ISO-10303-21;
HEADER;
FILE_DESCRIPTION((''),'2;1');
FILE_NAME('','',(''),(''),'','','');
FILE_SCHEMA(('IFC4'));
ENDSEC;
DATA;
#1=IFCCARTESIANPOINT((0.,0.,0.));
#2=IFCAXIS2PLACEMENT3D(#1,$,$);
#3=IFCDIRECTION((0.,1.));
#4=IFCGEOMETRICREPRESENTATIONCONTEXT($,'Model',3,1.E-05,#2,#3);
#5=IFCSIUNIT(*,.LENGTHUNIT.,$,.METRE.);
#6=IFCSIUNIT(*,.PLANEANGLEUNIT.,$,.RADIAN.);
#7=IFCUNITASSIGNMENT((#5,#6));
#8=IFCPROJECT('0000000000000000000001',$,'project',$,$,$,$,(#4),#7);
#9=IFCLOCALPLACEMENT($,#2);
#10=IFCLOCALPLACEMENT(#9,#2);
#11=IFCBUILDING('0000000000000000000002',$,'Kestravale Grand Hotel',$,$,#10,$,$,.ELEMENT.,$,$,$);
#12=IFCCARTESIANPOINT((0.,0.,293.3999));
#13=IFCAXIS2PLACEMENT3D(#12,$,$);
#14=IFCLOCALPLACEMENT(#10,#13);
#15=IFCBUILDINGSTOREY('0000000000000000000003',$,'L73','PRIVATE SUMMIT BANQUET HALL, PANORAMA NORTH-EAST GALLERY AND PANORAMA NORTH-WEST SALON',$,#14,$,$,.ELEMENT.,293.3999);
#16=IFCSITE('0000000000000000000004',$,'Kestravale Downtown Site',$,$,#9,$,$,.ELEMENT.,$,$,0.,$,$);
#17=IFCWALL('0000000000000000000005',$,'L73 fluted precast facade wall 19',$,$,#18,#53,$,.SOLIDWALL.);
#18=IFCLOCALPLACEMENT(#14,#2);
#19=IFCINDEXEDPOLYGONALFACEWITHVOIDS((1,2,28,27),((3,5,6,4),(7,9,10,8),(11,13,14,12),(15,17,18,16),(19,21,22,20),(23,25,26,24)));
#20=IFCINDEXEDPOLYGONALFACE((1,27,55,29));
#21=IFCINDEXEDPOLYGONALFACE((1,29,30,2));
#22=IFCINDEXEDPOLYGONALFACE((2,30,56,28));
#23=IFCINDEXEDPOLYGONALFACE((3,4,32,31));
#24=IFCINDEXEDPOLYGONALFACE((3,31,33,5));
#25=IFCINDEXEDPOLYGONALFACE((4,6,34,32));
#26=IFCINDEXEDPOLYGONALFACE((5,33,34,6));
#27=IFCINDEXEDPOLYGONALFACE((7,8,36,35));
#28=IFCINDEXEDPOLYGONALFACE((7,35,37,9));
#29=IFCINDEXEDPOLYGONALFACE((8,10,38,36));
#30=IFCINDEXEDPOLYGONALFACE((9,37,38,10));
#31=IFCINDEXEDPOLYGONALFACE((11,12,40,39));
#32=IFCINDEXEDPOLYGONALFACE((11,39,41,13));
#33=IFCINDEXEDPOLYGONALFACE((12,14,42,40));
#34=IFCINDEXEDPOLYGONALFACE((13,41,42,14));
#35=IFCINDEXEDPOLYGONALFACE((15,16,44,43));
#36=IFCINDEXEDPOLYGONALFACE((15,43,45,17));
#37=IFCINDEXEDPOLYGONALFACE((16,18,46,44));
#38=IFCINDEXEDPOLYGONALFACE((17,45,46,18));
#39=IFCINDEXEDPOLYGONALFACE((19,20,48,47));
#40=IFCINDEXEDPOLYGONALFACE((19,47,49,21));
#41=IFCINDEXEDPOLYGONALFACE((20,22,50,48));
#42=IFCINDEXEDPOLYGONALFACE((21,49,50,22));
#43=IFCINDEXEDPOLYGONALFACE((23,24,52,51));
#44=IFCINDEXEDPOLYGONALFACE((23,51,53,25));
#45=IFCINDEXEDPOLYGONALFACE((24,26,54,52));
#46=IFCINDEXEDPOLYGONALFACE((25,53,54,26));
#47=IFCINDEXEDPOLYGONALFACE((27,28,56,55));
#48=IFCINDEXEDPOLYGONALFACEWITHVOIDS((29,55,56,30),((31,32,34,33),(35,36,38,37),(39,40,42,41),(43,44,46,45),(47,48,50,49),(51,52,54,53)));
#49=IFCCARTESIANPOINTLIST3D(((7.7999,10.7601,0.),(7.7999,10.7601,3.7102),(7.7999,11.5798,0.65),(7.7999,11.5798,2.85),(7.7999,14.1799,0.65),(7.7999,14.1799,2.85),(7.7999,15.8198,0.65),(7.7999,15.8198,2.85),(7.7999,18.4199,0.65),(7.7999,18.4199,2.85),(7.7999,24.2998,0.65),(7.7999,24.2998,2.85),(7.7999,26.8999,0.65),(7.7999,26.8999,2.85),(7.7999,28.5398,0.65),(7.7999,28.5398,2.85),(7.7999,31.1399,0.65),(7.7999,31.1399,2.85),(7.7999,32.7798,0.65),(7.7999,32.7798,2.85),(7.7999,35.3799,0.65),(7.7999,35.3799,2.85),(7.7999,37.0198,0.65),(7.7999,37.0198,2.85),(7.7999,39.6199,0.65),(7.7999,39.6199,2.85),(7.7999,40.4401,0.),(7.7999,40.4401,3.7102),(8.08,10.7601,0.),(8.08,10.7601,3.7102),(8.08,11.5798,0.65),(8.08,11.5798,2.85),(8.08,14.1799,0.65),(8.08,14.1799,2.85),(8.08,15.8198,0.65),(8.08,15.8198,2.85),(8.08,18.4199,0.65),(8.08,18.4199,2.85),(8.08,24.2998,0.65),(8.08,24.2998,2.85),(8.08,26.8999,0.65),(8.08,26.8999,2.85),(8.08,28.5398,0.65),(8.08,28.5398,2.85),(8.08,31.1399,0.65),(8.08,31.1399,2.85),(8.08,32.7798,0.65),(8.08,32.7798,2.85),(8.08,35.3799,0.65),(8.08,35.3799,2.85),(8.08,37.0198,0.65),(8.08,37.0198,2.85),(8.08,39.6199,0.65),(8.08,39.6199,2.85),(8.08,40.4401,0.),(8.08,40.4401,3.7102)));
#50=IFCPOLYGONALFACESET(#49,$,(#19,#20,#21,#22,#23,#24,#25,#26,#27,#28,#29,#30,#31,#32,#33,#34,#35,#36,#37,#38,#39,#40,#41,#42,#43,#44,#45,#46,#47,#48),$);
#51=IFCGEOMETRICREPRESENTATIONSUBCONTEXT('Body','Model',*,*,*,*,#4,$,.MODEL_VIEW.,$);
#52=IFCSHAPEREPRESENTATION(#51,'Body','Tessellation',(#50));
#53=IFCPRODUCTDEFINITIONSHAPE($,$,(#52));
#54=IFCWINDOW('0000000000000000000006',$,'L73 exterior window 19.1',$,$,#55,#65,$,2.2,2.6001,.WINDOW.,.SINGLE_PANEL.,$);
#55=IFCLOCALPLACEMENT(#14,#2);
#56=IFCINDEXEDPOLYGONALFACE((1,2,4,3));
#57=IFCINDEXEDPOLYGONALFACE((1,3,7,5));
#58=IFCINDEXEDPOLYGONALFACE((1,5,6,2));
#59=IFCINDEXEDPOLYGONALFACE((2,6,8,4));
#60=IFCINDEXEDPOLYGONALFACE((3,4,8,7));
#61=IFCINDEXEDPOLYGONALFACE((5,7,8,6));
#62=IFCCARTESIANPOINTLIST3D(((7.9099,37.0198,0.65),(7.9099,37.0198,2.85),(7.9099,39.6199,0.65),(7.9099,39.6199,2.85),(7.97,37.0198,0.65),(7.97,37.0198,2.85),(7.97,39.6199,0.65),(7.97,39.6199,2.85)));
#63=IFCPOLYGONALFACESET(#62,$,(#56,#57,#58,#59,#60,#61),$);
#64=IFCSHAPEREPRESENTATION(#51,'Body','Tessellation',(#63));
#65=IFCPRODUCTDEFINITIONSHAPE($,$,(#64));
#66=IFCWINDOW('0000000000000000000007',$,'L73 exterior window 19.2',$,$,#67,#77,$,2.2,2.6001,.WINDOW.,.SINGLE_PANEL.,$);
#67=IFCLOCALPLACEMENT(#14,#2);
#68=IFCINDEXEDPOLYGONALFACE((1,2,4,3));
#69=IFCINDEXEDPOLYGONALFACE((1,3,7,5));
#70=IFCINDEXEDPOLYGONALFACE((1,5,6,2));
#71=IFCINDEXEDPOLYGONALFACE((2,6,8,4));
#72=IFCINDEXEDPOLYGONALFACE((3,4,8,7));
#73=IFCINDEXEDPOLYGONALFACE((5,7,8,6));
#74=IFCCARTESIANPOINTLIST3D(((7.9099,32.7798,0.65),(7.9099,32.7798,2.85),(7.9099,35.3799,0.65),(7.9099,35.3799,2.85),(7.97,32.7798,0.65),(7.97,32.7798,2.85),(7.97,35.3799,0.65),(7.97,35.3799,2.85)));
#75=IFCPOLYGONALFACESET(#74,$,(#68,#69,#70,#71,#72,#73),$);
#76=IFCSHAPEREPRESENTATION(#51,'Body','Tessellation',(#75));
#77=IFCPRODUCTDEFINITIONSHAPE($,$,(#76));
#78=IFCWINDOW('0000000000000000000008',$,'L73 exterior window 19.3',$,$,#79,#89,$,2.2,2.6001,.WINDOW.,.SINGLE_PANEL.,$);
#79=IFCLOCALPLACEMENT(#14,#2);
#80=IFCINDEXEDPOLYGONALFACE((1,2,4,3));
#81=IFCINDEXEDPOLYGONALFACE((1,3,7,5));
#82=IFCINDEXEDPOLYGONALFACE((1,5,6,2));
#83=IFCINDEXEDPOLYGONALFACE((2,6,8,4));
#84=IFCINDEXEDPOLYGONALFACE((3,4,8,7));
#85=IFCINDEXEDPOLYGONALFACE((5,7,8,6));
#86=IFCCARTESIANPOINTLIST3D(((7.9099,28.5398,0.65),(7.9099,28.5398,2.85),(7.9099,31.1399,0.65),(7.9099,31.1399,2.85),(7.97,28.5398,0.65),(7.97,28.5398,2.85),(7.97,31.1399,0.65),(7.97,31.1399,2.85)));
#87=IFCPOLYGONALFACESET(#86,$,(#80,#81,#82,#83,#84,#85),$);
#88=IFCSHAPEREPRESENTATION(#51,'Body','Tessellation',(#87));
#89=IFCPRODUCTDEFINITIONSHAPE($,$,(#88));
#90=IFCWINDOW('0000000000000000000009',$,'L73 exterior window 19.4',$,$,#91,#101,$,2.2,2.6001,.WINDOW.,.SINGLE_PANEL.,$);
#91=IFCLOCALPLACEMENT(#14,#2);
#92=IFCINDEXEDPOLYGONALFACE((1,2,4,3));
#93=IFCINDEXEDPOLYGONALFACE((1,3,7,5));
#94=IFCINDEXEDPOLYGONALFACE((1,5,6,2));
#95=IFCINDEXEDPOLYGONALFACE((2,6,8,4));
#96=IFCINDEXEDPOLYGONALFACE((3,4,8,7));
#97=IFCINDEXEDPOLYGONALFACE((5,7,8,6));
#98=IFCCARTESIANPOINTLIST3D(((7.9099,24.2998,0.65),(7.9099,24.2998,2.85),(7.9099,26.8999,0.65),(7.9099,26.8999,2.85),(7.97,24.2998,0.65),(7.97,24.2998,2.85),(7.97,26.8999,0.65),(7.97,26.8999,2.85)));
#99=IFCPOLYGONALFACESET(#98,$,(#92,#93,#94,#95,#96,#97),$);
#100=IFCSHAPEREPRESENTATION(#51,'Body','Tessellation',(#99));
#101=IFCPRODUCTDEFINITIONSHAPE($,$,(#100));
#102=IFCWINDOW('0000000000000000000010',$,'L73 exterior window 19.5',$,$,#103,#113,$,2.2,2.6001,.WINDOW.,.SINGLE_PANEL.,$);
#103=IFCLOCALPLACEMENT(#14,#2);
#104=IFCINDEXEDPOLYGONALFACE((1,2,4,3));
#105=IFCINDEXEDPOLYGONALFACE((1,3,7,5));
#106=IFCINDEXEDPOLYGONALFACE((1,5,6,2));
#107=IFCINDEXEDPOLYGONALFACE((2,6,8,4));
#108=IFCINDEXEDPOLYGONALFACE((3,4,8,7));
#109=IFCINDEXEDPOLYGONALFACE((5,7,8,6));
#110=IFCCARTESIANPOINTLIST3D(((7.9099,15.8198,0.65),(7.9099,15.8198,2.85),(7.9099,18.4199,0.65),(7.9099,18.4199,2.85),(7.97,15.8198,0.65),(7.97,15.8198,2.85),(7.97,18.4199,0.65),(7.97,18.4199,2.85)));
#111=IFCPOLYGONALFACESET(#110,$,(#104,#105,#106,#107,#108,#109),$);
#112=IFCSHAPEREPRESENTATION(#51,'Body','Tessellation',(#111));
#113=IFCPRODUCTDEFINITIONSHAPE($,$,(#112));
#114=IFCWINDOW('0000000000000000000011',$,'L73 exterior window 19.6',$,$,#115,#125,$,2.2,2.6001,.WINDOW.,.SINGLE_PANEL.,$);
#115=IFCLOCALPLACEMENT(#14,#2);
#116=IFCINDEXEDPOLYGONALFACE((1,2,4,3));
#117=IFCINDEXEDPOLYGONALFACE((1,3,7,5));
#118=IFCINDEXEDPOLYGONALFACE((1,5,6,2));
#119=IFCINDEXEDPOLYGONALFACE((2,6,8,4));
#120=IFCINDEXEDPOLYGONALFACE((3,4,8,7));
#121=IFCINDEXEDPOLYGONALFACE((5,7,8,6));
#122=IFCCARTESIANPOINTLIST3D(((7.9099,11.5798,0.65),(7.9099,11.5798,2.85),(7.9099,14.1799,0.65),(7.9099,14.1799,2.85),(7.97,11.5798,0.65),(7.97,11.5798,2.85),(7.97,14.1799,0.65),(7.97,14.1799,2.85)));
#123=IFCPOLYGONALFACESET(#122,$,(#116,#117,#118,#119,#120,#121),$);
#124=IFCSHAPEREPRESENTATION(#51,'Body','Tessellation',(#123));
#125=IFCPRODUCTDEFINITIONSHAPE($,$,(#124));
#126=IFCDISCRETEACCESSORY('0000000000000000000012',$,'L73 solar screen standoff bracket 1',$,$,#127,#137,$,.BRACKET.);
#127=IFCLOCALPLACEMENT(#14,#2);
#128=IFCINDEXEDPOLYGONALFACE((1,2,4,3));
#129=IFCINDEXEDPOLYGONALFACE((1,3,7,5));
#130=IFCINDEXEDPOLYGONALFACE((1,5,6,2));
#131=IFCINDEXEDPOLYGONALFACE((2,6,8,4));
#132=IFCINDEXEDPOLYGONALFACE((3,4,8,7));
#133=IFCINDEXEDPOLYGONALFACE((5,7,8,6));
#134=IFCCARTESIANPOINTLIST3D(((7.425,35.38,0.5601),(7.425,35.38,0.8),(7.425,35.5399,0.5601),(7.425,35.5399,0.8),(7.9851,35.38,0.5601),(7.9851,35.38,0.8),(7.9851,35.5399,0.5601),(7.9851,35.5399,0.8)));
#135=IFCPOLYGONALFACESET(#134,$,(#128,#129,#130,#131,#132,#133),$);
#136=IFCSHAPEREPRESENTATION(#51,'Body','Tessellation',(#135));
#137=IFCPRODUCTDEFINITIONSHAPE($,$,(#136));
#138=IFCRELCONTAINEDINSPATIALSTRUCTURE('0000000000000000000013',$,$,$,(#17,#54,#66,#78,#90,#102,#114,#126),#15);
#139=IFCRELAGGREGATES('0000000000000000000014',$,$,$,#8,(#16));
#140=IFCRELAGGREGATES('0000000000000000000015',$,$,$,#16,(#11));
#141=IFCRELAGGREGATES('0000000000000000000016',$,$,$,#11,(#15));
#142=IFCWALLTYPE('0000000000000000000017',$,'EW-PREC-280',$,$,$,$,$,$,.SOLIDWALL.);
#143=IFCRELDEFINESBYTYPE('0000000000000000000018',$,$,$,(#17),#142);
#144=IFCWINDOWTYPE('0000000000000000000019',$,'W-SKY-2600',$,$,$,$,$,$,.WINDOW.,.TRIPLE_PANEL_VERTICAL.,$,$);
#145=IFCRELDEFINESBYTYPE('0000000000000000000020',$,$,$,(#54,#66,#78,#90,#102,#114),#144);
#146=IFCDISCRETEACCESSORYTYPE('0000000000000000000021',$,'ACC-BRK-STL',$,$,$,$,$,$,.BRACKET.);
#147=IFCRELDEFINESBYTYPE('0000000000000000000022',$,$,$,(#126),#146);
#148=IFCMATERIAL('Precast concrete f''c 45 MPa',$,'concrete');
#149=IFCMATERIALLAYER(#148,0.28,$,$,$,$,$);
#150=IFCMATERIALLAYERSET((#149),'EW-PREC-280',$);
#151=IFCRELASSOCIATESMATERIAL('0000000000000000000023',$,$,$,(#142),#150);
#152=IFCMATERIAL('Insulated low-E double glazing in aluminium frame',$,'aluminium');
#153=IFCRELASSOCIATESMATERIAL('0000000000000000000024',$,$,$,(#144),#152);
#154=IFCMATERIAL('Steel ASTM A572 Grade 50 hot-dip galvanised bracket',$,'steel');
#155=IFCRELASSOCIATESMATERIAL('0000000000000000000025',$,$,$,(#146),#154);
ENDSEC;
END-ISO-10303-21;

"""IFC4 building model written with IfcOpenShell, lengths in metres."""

from ifc_helpers import new_model, si_unit, direction, frame, frame_2d, origin, origin_2d, place, context, subcontext, project, spatial, rectangle, extrude, material, layer, layer_set, type_object, element, fill, save


model = new_model("IFC4")

# Units and contexts
model_context = context("Model", 3, precision=1e-05, world=origin(), true_north=direction((0.0, 1.0)))
body_context = subcontext(model_context, "Body", "Model", "MODEL_VIEW")
ifc_project = project(units=[si_unit("LENGTHUNIT", "METRE"), si_unit("PLANEANGLEUNIT", "RADIAN")], contexts=[model_context])

# Site, building, storey
site_placement = place(None, origin())
site = spatial("IfcSite", under=ifc_project, at=site_placement, Name="Kestravale Downtown Site", CompositionType="ELEMENT", RefElevation=0.0)
building_placement = place(site_placement, origin())
building = spatial("IfcBuilding", under=site, at=building_placement, Name="Kestravale Grand Hotel", CompositionType="ELEMENT")
storey_placement = place(building_placement, frame((0.0, 0.0, 293.3999)))
storey = spatial("IfcBuildingStorey", under=building, at=storey_placement, Name="L73", Description="PRIVATE SUMMIT BANQUET HALL, PANORAMA NORTH-EAST GALLERY AND PANORAMA NORTH-WEST SALON", CompositionType="ELEMENT", Elevation=293.3999)

# Wall, openings, windows
ifc_material_1 = material(Name="Precast concrete f'c 45 MPa", Category="concrete")
ifc_layer_1 = layer(ifc_material_1, 0.28)
ifc_layer_set_1 = layer_set([ifc_layer_1], Name="EW-PREC-280")
wall_type = type_object("IfcWallType", Name="EW-PREC-280", PredefinedType="SOLIDWALL", material=ifc_layer_set_1)
wall_placement = place(storey_placement, frame((7.9399, 40.4399, 0.0), z_axis=(0.0, 0.0, 1.0), x_axis=(0.0, -1.0, 0.0)))
wall = element("IfcWall", 1, at=wall_placement, inside=storey, type_object=wall_type, Name="L73 fluted precast facade wall 19", PredefinedType="SOLIDWALL", context=body_context, shape_type="SweptSolid", body=[
    extrude(rectangle(XDim=29.6799, YDim=0.28, at=frame_2d((14.8398, 0.0))), origin(), (0.0, 0.0, 1.0), 3.7102),
])
opening_1_placement = place(wall_placement, frame((0.8201, 0.0, 0.6499)))
opening_1 = element("IfcOpeningElement", 2, at=opening_1_placement, cuts=wall, PredefinedType="OPENING", context=body_context, shape_type="SweptSolid", body=[
    extrude(rectangle(XDim=2.6001, YDim=2.2, at=frame_2d((1.3, 1.1001))), frame((0.0, 0.1499, 0.0), z_axis=(0.0, -1.0, 0.0), x_axis=(1.0, 0.0, 0.0)), (0.0, 0.0, 1.0), 0.3),
])
opening_2_placement = place(wall_placement, frame((5.0601, 0.0, 0.6499)))
opening_2 = element("IfcOpeningElement", 3, at=opening_2_placement, cuts=wall, PredefinedType="OPENING", context=body_context, shape_type="SweptSolid", body=[
    extrude(rectangle(XDim=2.6001, YDim=2.2, at=frame_2d((1.3, 1.1001))), frame((0.0, 0.1499, 0.0), z_axis=(0.0, -1.0, 0.0), x_axis=(1.0, 0.0, 0.0)), (0.0, 0.0, 1.0), 0.3),
])
opening_3_placement = place(wall_placement, frame((9.3, 0.0, 0.6499)))
opening_3 = element("IfcOpeningElement", 4, at=opening_3_placement, cuts=wall, PredefinedType="OPENING", context=body_context, shape_type="SweptSolid", body=[
    extrude(rectangle(XDim=2.6001, YDim=2.2, at=frame_2d((1.3, 1.1001))), frame((0.0, 0.1499, 0.0), z_axis=(0.0, -1.0, 0.0), x_axis=(1.0, 0.0, 0.0)), (0.0, 0.0, 1.0), 0.3),
])
opening_4_placement = place(wall_placement, frame((13.54, 0.0, 0.6499)))
opening_4 = element("IfcOpeningElement", 5, at=opening_4_placement, cuts=wall, PredefinedType="OPENING", context=body_context, shape_type="SweptSolid", body=[
    extrude(rectangle(XDim=2.6001, YDim=2.2, at=frame_2d((1.3, 1.1001))), frame((0.0, 0.1499, 0.0), z_axis=(0.0, -1.0, 0.0), x_axis=(1.0, 0.0, 0.0)), (0.0, 0.0, 1.0), 0.3),
])
opening_5_placement = place(wall_placement, frame((22.02, 0.0, 0.6499)))
opening_5 = element("IfcOpeningElement", 6, at=opening_5_placement, cuts=wall, PredefinedType="OPENING", context=body_context, shape_type="SweptSolid", body=[
    extrude(rectangle(XDim=2.6001, YDim=2.2, at=frame_2d((1.3, 1.1001))), frame((0.0, 0.1499, 0.0), z_axis=(0.0, -1.0, 0.0), x_axis=(1.0, 0.0, 0.0)), (0.0, 0.0, 1.0), 0.3),
])
opening_6_placement = place(wall_placement, frame((26.26, 0.0, 0.6499)))
opening_6 = element("IfcOpeningElement", 7, at=opening_6_placement, cuts=wall, PredefinedType="OPENING", context=body_context, shape_type="SweptSolid", body=[
    extrude(rectangle(XDim=2.6001, YDim=2.2, at=frame_2d((1.3, 1.1001))), frame((0.0, 0.1499, 0.0), z_axis=(0.0, -1.0, 0.0), x_axis=(1.0, 0.0, 0.0)), (0.0, 0.0, 1.0), 0.3),
])
ifc_material_2 = material(Name="Insulated low-E double glazing in aluminium frame", Category="aluminium")
window_type = type_object("IfcWindowType", Name="W-SKY-2600", PartitioningType="TRIPLE_PANEL_VERTICAL", PredefinedType="WINDOW", material=ifc_material_2)
window_1_placement = place(opening_1_placement, origin())
window_1 = element("IfcWindow", 8, at=window_1_placement, inside=storey, type_object=window_type, Name="L73 exterior window 19.1", OverallHeight=2.2, OverallWidth=2.6001, PartitioningType="SINGLE_PANEL", PredefinedType="WINDOW", context=body_context, shape_type="SweptSolid", body=[
    extrude(rectangle(XDim=2.6001, YDim=2.2, at=frame_2d((1.3, 1.1001))), frame((0.0, 0.03, 0.0), z_axis=(0.0, -1.0, 0.0), x_axis=(1.0, 0.0, 0.0)), (0.0, 0.0, 1.0), 0.0601),
])
fill(opening_1, window_1)
window_2_placement = place(opening_2_placement, origin())
window_2 = element("IfcWindow", 9, at=window_2_placement, inside=storey, type_object=window_type, Name="L73 exterior window 19.2", OverallHeight=2.2, OverallWidth=2.6001, PartitioningType="SINGLE_PANEL", PredefinedType="WINDOW", context=body_context, shape_type="SweptSolid", body=[
    extrude(rectangle(XDim=2.6001, YDim=2.2, at=frame_2d((1.3, 1.1001))), frame((0.0, 0.03, 0.0), z_axis=(0.0, -1.0, 0.0), x_axis=(1.0, 0.0, 0.0)), (0.0, 0.0, 1.0), 0.0601),
])
fill(opening_2, window_2)
window_3_placement = place(opening_3_placement, origin())
window_3 = element("IfcWindow", 10, at=window_3_placement, inside=storey, type_object=window_type, Name="L73 exterior window 19.3", OverallHeight=2.2, OverallWidth=2.6001, PartitioningType="SINGLE_PANEL", PredefinedType="WINDOW", context=body_context, shape_type="SweptSolid", body=[
    extrude(rectangle(XDim=2.6001, YDim=2.2, at=frame_2d((1.3, 1.1001))), frame((0.0, 0.03, 0.0), z_axis=(0.0, -1.0, 0.0), x_axis=(1.0, 0.0, 0.0)), (0.0, 0.0, 1.0), 0.0601),
])
fill(opening_3, window_3)
window_4_placement = place(opening_4_placement, origin())
window_4 = element("IfcWindow", 11, at=window_4_placement, inside=storey, type_object=window_type, Name="L73 exterior window 19.4", OverallHeight=2.2, OverallWidth=2.6001, PartitioningType="SINGLE_PANEL", PredefinedType="WINDOW", context=body_context, shape_type="SweptSolid", body=[
    extrude(rectangle(XDim=2.6001, YDim=2.2, at=frame_2d((1.3, 1.1001))), frame((0.0, 0.03, 0.0), z_axis=(0.0, -1.0, 0.0), x_axis=(1.0, 0.0, 0.0)), (0.0, 0.0, 1.0), 0.0601),
])
fill(opening_4, window_4)
window_5_placement = place(opening_5_placement, origin())
window_5 = element("IfcWindow", 12, at=window_5_placement, inside=storey, type_object=window_type, Name="L73 exterior window 19.5", OverallHeight=2.2, OverallWidth=2.6001, PartitioningType="SINGLE_PANEL", PredefinedType="WINDOW", context=body_context, shape_type="SweptSolid", body=[
    extrude(rectangle(XDim=2.6001, YDim=2.2, at=frame_2d((1.3, 1.1001))), frame((0.0, 0.03, 0.0), z_axis=(0.0, -1.0, 0.0), x_axis=(1.0, 0.0, 0.0)), (0.0, 0.0, 1.0), 0.0601),
])
fill(opening_5, window_5)
window_6_placement = place(opening_6_placement, origin())
window_6 = element("IfcWindow", 13, at=window_6_placement, inside=storey, type_object=window_type, Name="L73 exterior window 19.6", OverallHeight=2.2, OverallWidth=2.6001, PartitioningType="SINGLE_PANEL", PredefinedType="WINDOW", context=body_context, shape_type="SweptSolid", body=[
    extrude(rectangle(XDim=2.6001, YDim=2.2, at=frame_2d((1.3, 1.1001))), frame((0.0, 0.03, 0.0), z_axis=(0.0, -1.0, 0.0), x_axis=(1.0, 0.0, 0.0)), (0.0, 0.0, 1.0), 0.0601),
])
fill(opening_6, window_6)

# Discrete accessory
ifc_material_3 = material(Name="Steel ASTM A572 Grade 50 hot-dip galvanised bracket", Category="steel")
discrete_accessory_type = type_object("IfcDiscreteAccessoryType", Name="ACC-BRK-STL", PredefinedType="BRACKET", material=ifc_material_3)
discrete_accessory_placement = place(storey_placement, frame((7.7051, 35.46, 0.5601), z_axis=(0.0, 0.0, 1.0), x_axis=(0.0, -1.0, 0.0)))
element("IfcDiscreteAccessory", 14, at=discrete_accessory_placement, inside=storey, type_object=discrete_accessory_type, Name="L73 solar screen standoff bracket 1", PredefinedType="BRACKET", context=body_context, shape_type="SweptSolid", body=[
    extrude(rectangle(XDim=0.1599, YDim=0.5601, at=origin_2d()), origin(), (0.0, 0.0, 1.0), 0.24),
])

save(model, "model.ifc")
